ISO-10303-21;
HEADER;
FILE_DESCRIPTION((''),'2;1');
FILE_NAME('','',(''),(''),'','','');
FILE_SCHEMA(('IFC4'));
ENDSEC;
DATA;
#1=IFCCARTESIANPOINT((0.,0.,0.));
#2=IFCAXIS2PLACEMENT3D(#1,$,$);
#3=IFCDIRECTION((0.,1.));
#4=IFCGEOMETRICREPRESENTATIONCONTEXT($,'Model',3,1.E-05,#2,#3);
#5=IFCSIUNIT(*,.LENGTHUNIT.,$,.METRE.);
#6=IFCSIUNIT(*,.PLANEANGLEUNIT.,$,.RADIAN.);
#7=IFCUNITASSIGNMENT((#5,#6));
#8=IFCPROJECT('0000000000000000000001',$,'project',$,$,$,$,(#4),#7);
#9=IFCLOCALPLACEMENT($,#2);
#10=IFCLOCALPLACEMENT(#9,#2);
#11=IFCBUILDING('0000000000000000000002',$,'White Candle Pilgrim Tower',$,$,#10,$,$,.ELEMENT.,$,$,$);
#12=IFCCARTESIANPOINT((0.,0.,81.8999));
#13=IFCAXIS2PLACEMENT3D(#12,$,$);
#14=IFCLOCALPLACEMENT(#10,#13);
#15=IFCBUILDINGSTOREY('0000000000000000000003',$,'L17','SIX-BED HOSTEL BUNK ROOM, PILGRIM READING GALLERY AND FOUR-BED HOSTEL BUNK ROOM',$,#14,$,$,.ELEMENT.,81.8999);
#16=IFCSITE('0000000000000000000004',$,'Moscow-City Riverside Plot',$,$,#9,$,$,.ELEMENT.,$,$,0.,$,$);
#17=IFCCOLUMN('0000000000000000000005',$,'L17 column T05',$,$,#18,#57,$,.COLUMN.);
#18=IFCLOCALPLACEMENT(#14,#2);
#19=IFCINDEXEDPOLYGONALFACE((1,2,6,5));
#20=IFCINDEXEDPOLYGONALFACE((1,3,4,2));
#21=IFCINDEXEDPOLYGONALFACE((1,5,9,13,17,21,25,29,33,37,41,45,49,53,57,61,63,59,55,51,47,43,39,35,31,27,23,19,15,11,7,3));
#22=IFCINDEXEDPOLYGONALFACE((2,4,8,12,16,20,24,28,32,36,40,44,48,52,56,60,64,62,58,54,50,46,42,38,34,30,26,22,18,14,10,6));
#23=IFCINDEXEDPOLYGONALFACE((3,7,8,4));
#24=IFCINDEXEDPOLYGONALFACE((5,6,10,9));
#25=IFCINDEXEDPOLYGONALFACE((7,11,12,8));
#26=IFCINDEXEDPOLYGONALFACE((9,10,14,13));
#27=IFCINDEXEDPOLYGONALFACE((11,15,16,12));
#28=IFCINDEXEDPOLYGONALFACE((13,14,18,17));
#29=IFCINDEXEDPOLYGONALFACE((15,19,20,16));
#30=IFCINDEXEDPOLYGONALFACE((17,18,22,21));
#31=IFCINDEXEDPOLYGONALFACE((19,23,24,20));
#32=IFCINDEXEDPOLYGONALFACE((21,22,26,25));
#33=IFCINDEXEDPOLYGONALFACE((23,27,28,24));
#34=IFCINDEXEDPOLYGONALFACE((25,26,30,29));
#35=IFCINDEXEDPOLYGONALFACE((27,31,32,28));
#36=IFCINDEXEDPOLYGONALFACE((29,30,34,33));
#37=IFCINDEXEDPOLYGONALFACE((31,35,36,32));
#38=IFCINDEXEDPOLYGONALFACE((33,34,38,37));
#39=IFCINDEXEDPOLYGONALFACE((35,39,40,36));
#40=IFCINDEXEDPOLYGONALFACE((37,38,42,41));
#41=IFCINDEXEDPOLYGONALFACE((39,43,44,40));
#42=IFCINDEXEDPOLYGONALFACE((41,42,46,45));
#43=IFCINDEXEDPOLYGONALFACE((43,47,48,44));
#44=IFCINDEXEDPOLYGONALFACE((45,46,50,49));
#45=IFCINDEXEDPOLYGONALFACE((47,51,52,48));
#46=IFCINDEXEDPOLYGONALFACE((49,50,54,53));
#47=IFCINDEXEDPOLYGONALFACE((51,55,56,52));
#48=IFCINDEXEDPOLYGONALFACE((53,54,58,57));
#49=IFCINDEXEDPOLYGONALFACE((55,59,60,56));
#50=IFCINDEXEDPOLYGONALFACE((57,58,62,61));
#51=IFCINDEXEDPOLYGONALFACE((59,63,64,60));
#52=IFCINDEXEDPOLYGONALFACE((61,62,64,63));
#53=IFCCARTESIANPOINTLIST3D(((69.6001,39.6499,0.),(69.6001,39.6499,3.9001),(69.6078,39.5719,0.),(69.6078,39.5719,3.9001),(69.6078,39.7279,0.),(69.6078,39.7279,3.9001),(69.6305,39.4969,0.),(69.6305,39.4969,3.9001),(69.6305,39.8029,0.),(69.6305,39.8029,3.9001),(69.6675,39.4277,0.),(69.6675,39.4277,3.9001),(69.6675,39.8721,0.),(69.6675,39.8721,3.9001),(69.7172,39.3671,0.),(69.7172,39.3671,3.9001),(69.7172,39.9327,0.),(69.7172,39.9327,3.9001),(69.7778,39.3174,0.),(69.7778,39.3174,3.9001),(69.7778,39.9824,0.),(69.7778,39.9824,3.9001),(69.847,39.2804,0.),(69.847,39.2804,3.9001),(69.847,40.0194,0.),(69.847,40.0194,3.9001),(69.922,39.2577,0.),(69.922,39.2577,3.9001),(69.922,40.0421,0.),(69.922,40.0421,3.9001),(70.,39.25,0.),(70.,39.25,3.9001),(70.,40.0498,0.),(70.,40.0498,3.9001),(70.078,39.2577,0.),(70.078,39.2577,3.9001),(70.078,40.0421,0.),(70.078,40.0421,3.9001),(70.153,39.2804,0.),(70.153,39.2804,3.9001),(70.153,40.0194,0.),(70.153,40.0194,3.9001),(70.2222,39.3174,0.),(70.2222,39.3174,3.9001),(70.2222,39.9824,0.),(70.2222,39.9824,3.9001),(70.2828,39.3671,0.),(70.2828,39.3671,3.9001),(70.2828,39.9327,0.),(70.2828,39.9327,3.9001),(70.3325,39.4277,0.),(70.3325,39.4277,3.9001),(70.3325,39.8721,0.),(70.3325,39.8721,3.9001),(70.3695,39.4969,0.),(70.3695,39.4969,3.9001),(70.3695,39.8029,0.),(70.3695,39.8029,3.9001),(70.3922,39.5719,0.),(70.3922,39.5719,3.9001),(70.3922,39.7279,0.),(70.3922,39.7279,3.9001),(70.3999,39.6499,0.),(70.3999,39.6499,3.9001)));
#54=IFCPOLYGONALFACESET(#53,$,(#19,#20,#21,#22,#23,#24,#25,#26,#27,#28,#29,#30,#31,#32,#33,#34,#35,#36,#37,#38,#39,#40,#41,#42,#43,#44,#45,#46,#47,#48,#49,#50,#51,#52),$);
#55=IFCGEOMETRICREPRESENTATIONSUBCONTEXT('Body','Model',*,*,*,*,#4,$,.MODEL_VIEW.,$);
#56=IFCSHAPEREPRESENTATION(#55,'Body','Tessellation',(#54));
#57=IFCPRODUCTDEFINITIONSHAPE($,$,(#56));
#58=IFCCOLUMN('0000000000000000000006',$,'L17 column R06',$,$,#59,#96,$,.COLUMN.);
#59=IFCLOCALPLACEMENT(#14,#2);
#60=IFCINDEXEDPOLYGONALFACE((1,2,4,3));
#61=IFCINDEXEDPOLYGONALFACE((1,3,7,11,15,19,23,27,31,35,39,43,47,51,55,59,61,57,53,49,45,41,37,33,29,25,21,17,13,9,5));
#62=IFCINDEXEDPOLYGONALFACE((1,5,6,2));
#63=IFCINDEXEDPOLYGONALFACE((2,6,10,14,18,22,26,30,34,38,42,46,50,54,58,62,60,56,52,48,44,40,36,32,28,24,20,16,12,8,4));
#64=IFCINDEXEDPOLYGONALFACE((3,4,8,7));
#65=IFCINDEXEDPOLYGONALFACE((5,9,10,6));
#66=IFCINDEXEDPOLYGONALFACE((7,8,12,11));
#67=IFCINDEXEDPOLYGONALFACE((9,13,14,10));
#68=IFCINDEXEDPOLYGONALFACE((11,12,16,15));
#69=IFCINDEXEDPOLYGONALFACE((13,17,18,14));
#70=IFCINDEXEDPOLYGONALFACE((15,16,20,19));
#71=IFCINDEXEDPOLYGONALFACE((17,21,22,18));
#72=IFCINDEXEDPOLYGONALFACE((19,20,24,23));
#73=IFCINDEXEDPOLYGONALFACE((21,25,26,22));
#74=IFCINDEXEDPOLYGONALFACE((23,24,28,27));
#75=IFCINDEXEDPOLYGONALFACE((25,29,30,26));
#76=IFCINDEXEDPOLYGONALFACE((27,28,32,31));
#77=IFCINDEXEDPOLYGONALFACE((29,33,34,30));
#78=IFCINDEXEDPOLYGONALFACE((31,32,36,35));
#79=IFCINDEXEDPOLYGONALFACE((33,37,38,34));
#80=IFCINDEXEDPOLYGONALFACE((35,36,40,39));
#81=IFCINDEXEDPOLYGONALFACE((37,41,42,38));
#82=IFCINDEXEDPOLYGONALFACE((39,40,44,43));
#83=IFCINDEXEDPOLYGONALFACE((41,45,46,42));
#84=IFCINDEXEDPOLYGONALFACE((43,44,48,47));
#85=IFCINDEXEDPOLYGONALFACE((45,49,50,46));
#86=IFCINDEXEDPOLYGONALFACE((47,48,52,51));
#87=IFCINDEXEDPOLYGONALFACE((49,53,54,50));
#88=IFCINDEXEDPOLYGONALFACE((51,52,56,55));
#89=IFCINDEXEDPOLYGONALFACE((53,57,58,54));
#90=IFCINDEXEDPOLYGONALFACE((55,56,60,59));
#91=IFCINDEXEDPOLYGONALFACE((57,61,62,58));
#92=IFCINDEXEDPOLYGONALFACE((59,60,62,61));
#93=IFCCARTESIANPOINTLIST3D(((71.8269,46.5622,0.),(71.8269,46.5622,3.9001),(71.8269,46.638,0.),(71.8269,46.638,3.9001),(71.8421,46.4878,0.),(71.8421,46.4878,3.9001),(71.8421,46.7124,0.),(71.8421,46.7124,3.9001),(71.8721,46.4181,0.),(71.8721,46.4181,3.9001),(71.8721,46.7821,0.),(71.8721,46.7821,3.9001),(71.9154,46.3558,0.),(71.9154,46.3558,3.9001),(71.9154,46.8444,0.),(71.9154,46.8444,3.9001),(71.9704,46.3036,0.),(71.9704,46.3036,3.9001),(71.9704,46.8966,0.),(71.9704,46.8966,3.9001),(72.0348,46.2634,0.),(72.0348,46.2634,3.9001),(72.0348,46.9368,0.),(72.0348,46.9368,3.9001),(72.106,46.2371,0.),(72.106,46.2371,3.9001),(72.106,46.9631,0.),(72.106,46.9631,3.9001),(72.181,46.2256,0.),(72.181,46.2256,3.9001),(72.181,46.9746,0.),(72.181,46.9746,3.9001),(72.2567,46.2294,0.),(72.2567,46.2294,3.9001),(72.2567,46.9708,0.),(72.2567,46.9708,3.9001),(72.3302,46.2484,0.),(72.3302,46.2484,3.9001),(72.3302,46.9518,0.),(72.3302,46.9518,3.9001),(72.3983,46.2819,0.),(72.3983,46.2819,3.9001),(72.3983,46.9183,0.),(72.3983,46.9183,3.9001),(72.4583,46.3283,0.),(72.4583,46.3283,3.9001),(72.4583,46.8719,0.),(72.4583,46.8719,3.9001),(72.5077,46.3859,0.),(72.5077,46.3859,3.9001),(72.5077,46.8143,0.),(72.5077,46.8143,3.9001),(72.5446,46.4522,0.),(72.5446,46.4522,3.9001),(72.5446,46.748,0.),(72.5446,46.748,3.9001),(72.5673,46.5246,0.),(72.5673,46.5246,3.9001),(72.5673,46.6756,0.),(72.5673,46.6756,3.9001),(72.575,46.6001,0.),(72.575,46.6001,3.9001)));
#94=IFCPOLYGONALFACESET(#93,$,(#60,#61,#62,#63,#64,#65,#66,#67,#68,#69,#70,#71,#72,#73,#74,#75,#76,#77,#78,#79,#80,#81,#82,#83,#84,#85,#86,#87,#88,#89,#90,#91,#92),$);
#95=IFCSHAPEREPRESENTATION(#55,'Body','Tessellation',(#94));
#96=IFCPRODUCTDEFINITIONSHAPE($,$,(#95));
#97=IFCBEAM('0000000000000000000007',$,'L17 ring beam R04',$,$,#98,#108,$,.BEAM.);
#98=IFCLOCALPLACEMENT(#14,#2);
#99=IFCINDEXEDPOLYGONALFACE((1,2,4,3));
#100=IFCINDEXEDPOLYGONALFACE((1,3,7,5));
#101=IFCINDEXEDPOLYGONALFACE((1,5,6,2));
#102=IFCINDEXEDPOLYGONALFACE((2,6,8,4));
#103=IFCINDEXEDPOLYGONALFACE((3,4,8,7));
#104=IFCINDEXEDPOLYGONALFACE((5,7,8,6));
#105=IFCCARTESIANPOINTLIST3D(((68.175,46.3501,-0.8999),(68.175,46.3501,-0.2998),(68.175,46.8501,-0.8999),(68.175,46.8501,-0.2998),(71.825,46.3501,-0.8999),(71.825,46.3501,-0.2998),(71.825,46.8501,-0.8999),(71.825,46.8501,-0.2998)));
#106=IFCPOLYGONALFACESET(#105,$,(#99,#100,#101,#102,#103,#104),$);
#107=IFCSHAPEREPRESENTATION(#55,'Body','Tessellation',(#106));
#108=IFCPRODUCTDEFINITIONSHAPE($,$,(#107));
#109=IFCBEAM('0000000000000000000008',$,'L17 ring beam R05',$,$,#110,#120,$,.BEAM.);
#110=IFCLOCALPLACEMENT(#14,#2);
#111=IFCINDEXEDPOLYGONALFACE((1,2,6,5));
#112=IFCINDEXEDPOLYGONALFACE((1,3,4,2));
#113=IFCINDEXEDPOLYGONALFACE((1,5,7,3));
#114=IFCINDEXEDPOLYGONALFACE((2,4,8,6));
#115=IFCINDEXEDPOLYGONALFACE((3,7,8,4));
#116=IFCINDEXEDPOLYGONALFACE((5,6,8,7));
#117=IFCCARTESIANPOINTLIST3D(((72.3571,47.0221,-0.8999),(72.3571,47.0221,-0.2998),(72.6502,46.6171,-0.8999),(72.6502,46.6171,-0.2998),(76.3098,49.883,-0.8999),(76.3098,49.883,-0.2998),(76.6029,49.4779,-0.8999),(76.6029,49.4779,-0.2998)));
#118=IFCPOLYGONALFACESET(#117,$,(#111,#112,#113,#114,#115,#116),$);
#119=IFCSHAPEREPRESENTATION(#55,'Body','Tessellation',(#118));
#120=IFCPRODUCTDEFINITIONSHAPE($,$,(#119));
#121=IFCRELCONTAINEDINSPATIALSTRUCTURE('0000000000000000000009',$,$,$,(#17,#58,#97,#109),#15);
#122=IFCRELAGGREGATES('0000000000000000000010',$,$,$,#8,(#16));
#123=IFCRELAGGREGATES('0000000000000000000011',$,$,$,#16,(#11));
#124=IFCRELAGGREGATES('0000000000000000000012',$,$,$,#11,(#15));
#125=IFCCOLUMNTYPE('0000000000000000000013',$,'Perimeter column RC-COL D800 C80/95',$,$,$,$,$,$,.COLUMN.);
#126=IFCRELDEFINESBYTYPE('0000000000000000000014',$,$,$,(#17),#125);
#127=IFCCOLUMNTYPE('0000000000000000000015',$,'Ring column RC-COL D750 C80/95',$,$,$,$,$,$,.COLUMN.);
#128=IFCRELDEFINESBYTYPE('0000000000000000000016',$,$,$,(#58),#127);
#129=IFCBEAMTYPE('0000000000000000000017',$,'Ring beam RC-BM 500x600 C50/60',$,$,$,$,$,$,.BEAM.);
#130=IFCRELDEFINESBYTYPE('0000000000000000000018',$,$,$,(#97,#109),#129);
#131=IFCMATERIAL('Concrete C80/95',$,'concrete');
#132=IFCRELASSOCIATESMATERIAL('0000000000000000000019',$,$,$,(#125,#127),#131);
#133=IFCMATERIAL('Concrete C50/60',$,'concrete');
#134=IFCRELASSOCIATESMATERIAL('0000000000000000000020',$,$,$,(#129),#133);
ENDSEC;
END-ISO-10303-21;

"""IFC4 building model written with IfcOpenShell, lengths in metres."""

from ifc_helpers import new_model, si_unit, direction, frame, origin, origin_2d, place, context, subcontext, project, spatial, rectangle, circle, extrude, material, material_profile, profile_set, type_object, element, save


model = new_model("IFC4")

# Units and contexts
model_context = context("Model", 3, precision=1e-05, world=origin(), true_north=direction((0.0, 1.0)))
body_context = subcontext(model_context, "Body", "Model", "MODEL_VIEW")
ifc_project = project(units=[si_unit("LENGTHUNIT", "METRE"), si_unit("PLANEANGLEUNIT", "RADIAN")], contexts=[model_context])

# Site, building, storey
site_placement = place(None, origin())
site = spatial("IfcSite", under=ifc_project, at=site_placement, Name="Moscow-City Riverside Plot", CompositionType="ELEMENT", RefElevation=0.0)
building_placement = place(site_placement, origin())
building = spatial("IfcBuilding", under=site, at=building_placement, Name="White Candle Pilgrim Tower", CompositionType="ELEMENT")
storey_placement = place(building_placement, frame((0.0, 0.0, 81.8999)))
storey = spatial("IfcBuildingStorey", under=building, at=storey_placement, Name="L17", Description="SIX-BED HOSTEL BUNK ROOM, PILGRIM READING GALLERY AND FOUR-BED HOSTEL BUNK ROOM", CompositionType="ELEMENT", Elevation=81.8999)

# Columns
ifc_material_1 = material(Name="Concrete C80/95", Category="concrete")
ifc_material_profile_1 = material_profile(ifc_material_1, circle(Radius=0.3999, at=origin_2d()), Name="RC-COL D800")
ifc_profile_set_1 = profile_set([ifc_material_profile_1], Name="Concrete C80/95")
column_type_1 = type_object("IfcColumnType", Name="Perimeter column RC-COL D800 C80/95", PredefinedType="COLUMN", material=ifc_profile_set_1)
column_1_placement = place(storey_placement, frame((70.0, 39.6499, 0.0), z_axis=(0.0, 0.0, 1.0), x_axis=(1.0, 0.0, 0.0)))
element("IfcColumn", 1, at=column_1_placement, inside=storey, type_object=column_type_1, Name="L17 column T05", PredefinedType="COLUMN", context=body_context, shape_type="SweptSolid", body=[
    extrude(circle(Radius=0.3999, at=origin_2d()), origin(), (0.0, 0.0, 1.0), 3.9001),
])
ifc_material_profile_2 = material_profile(ifc_material_1, circle(Radius=0.375, at=origin_2d()), Name="RC-COL D750")
ifc_profile_set_2 = profile_set([ifc_material_profile_2], Name="Concrete C80/95")
column_type_2 = type_object("IfcColumnType", Name="Ring column RC-COL D750 C80/95", PredefinedType="COLUMN", material=ifc_profile_set_2)
column_2_placement = place(storey_placement, frame((72.2, 46.6001, 0.0), z_axis=(0.0, 0.0, 1.0), x_axis=(1.0, 0.0, 0.0)))
element("IfcColumn", 2, at=column_2_placement, inside=storey, type_object=column_type_2, Name="L17 column R06", PredefinedType="COLUMN", context=body_context, shape_type="SweptSolid", body=[
    extrude(circle(Radius=0.375, at=origin_2d()), origin(), (0.0, 0.0, 1.0), 3.9001),
])

# Beams
ifc_material_2 = material(Name="Concrete C50/60", Category="concrete")
ifc_material_profile_3 = material_profile(ifc_material_2, rectangle(XDim=0.5, YDim=0.6001, at=origin_2d()), Name="RC-BM 500x600")
ifc_profile_set_3 = profile_set([ifc_material_profile_3], Name="Concrete C50/60")
beam_type = type_object("IfcBeamType", Name="Ring beam RC-BM 500x600 C50/60", PredefinedType="BEAM", material=ifc_profile_set_3)
beam_1_placement = place(storey_placement, frame((68.175, 46.6001, -0.5999), z_axis=(1.0, 0.0, 0.0), x_axis=(0.0, 1.0, 0.0)))
element("IfcBeam", 3, at=beam_1_placement, inside=storey, type_object=beam_type, Name="L17 ring beam R04", PredefinedType="BEAM", context=body_context, shape_type="SweptSolid", body=[
    extrude(rectangle(XDim=0.5, YDim=0.6001, at=origin_2d()), origin(), (0.0, 0.0, 1.0), 3.6499),
])
beam_2_placement = place(storey_placement, frame((72.5037, 46.8196, -0.5999), z_axis=(0.81008, 0.58632, 0.0), x_axis=(-0.58632, 0.81008, 0.0)))
element("IfcBeam", 4, at=beam_2_placement, inside=storey, type_object=beam_type, Name="L17 ring beam R05", PredefinedType="BEAM", context=body_context, shape_type="SweptSolid", body=[
    extrude(rectangle(XDim=0.5, YDim=0.6001, at=origin_2d()), origin(), (0.0, 0.0, 1.0), 4.8794),
])

save(model, "model.ifc")
